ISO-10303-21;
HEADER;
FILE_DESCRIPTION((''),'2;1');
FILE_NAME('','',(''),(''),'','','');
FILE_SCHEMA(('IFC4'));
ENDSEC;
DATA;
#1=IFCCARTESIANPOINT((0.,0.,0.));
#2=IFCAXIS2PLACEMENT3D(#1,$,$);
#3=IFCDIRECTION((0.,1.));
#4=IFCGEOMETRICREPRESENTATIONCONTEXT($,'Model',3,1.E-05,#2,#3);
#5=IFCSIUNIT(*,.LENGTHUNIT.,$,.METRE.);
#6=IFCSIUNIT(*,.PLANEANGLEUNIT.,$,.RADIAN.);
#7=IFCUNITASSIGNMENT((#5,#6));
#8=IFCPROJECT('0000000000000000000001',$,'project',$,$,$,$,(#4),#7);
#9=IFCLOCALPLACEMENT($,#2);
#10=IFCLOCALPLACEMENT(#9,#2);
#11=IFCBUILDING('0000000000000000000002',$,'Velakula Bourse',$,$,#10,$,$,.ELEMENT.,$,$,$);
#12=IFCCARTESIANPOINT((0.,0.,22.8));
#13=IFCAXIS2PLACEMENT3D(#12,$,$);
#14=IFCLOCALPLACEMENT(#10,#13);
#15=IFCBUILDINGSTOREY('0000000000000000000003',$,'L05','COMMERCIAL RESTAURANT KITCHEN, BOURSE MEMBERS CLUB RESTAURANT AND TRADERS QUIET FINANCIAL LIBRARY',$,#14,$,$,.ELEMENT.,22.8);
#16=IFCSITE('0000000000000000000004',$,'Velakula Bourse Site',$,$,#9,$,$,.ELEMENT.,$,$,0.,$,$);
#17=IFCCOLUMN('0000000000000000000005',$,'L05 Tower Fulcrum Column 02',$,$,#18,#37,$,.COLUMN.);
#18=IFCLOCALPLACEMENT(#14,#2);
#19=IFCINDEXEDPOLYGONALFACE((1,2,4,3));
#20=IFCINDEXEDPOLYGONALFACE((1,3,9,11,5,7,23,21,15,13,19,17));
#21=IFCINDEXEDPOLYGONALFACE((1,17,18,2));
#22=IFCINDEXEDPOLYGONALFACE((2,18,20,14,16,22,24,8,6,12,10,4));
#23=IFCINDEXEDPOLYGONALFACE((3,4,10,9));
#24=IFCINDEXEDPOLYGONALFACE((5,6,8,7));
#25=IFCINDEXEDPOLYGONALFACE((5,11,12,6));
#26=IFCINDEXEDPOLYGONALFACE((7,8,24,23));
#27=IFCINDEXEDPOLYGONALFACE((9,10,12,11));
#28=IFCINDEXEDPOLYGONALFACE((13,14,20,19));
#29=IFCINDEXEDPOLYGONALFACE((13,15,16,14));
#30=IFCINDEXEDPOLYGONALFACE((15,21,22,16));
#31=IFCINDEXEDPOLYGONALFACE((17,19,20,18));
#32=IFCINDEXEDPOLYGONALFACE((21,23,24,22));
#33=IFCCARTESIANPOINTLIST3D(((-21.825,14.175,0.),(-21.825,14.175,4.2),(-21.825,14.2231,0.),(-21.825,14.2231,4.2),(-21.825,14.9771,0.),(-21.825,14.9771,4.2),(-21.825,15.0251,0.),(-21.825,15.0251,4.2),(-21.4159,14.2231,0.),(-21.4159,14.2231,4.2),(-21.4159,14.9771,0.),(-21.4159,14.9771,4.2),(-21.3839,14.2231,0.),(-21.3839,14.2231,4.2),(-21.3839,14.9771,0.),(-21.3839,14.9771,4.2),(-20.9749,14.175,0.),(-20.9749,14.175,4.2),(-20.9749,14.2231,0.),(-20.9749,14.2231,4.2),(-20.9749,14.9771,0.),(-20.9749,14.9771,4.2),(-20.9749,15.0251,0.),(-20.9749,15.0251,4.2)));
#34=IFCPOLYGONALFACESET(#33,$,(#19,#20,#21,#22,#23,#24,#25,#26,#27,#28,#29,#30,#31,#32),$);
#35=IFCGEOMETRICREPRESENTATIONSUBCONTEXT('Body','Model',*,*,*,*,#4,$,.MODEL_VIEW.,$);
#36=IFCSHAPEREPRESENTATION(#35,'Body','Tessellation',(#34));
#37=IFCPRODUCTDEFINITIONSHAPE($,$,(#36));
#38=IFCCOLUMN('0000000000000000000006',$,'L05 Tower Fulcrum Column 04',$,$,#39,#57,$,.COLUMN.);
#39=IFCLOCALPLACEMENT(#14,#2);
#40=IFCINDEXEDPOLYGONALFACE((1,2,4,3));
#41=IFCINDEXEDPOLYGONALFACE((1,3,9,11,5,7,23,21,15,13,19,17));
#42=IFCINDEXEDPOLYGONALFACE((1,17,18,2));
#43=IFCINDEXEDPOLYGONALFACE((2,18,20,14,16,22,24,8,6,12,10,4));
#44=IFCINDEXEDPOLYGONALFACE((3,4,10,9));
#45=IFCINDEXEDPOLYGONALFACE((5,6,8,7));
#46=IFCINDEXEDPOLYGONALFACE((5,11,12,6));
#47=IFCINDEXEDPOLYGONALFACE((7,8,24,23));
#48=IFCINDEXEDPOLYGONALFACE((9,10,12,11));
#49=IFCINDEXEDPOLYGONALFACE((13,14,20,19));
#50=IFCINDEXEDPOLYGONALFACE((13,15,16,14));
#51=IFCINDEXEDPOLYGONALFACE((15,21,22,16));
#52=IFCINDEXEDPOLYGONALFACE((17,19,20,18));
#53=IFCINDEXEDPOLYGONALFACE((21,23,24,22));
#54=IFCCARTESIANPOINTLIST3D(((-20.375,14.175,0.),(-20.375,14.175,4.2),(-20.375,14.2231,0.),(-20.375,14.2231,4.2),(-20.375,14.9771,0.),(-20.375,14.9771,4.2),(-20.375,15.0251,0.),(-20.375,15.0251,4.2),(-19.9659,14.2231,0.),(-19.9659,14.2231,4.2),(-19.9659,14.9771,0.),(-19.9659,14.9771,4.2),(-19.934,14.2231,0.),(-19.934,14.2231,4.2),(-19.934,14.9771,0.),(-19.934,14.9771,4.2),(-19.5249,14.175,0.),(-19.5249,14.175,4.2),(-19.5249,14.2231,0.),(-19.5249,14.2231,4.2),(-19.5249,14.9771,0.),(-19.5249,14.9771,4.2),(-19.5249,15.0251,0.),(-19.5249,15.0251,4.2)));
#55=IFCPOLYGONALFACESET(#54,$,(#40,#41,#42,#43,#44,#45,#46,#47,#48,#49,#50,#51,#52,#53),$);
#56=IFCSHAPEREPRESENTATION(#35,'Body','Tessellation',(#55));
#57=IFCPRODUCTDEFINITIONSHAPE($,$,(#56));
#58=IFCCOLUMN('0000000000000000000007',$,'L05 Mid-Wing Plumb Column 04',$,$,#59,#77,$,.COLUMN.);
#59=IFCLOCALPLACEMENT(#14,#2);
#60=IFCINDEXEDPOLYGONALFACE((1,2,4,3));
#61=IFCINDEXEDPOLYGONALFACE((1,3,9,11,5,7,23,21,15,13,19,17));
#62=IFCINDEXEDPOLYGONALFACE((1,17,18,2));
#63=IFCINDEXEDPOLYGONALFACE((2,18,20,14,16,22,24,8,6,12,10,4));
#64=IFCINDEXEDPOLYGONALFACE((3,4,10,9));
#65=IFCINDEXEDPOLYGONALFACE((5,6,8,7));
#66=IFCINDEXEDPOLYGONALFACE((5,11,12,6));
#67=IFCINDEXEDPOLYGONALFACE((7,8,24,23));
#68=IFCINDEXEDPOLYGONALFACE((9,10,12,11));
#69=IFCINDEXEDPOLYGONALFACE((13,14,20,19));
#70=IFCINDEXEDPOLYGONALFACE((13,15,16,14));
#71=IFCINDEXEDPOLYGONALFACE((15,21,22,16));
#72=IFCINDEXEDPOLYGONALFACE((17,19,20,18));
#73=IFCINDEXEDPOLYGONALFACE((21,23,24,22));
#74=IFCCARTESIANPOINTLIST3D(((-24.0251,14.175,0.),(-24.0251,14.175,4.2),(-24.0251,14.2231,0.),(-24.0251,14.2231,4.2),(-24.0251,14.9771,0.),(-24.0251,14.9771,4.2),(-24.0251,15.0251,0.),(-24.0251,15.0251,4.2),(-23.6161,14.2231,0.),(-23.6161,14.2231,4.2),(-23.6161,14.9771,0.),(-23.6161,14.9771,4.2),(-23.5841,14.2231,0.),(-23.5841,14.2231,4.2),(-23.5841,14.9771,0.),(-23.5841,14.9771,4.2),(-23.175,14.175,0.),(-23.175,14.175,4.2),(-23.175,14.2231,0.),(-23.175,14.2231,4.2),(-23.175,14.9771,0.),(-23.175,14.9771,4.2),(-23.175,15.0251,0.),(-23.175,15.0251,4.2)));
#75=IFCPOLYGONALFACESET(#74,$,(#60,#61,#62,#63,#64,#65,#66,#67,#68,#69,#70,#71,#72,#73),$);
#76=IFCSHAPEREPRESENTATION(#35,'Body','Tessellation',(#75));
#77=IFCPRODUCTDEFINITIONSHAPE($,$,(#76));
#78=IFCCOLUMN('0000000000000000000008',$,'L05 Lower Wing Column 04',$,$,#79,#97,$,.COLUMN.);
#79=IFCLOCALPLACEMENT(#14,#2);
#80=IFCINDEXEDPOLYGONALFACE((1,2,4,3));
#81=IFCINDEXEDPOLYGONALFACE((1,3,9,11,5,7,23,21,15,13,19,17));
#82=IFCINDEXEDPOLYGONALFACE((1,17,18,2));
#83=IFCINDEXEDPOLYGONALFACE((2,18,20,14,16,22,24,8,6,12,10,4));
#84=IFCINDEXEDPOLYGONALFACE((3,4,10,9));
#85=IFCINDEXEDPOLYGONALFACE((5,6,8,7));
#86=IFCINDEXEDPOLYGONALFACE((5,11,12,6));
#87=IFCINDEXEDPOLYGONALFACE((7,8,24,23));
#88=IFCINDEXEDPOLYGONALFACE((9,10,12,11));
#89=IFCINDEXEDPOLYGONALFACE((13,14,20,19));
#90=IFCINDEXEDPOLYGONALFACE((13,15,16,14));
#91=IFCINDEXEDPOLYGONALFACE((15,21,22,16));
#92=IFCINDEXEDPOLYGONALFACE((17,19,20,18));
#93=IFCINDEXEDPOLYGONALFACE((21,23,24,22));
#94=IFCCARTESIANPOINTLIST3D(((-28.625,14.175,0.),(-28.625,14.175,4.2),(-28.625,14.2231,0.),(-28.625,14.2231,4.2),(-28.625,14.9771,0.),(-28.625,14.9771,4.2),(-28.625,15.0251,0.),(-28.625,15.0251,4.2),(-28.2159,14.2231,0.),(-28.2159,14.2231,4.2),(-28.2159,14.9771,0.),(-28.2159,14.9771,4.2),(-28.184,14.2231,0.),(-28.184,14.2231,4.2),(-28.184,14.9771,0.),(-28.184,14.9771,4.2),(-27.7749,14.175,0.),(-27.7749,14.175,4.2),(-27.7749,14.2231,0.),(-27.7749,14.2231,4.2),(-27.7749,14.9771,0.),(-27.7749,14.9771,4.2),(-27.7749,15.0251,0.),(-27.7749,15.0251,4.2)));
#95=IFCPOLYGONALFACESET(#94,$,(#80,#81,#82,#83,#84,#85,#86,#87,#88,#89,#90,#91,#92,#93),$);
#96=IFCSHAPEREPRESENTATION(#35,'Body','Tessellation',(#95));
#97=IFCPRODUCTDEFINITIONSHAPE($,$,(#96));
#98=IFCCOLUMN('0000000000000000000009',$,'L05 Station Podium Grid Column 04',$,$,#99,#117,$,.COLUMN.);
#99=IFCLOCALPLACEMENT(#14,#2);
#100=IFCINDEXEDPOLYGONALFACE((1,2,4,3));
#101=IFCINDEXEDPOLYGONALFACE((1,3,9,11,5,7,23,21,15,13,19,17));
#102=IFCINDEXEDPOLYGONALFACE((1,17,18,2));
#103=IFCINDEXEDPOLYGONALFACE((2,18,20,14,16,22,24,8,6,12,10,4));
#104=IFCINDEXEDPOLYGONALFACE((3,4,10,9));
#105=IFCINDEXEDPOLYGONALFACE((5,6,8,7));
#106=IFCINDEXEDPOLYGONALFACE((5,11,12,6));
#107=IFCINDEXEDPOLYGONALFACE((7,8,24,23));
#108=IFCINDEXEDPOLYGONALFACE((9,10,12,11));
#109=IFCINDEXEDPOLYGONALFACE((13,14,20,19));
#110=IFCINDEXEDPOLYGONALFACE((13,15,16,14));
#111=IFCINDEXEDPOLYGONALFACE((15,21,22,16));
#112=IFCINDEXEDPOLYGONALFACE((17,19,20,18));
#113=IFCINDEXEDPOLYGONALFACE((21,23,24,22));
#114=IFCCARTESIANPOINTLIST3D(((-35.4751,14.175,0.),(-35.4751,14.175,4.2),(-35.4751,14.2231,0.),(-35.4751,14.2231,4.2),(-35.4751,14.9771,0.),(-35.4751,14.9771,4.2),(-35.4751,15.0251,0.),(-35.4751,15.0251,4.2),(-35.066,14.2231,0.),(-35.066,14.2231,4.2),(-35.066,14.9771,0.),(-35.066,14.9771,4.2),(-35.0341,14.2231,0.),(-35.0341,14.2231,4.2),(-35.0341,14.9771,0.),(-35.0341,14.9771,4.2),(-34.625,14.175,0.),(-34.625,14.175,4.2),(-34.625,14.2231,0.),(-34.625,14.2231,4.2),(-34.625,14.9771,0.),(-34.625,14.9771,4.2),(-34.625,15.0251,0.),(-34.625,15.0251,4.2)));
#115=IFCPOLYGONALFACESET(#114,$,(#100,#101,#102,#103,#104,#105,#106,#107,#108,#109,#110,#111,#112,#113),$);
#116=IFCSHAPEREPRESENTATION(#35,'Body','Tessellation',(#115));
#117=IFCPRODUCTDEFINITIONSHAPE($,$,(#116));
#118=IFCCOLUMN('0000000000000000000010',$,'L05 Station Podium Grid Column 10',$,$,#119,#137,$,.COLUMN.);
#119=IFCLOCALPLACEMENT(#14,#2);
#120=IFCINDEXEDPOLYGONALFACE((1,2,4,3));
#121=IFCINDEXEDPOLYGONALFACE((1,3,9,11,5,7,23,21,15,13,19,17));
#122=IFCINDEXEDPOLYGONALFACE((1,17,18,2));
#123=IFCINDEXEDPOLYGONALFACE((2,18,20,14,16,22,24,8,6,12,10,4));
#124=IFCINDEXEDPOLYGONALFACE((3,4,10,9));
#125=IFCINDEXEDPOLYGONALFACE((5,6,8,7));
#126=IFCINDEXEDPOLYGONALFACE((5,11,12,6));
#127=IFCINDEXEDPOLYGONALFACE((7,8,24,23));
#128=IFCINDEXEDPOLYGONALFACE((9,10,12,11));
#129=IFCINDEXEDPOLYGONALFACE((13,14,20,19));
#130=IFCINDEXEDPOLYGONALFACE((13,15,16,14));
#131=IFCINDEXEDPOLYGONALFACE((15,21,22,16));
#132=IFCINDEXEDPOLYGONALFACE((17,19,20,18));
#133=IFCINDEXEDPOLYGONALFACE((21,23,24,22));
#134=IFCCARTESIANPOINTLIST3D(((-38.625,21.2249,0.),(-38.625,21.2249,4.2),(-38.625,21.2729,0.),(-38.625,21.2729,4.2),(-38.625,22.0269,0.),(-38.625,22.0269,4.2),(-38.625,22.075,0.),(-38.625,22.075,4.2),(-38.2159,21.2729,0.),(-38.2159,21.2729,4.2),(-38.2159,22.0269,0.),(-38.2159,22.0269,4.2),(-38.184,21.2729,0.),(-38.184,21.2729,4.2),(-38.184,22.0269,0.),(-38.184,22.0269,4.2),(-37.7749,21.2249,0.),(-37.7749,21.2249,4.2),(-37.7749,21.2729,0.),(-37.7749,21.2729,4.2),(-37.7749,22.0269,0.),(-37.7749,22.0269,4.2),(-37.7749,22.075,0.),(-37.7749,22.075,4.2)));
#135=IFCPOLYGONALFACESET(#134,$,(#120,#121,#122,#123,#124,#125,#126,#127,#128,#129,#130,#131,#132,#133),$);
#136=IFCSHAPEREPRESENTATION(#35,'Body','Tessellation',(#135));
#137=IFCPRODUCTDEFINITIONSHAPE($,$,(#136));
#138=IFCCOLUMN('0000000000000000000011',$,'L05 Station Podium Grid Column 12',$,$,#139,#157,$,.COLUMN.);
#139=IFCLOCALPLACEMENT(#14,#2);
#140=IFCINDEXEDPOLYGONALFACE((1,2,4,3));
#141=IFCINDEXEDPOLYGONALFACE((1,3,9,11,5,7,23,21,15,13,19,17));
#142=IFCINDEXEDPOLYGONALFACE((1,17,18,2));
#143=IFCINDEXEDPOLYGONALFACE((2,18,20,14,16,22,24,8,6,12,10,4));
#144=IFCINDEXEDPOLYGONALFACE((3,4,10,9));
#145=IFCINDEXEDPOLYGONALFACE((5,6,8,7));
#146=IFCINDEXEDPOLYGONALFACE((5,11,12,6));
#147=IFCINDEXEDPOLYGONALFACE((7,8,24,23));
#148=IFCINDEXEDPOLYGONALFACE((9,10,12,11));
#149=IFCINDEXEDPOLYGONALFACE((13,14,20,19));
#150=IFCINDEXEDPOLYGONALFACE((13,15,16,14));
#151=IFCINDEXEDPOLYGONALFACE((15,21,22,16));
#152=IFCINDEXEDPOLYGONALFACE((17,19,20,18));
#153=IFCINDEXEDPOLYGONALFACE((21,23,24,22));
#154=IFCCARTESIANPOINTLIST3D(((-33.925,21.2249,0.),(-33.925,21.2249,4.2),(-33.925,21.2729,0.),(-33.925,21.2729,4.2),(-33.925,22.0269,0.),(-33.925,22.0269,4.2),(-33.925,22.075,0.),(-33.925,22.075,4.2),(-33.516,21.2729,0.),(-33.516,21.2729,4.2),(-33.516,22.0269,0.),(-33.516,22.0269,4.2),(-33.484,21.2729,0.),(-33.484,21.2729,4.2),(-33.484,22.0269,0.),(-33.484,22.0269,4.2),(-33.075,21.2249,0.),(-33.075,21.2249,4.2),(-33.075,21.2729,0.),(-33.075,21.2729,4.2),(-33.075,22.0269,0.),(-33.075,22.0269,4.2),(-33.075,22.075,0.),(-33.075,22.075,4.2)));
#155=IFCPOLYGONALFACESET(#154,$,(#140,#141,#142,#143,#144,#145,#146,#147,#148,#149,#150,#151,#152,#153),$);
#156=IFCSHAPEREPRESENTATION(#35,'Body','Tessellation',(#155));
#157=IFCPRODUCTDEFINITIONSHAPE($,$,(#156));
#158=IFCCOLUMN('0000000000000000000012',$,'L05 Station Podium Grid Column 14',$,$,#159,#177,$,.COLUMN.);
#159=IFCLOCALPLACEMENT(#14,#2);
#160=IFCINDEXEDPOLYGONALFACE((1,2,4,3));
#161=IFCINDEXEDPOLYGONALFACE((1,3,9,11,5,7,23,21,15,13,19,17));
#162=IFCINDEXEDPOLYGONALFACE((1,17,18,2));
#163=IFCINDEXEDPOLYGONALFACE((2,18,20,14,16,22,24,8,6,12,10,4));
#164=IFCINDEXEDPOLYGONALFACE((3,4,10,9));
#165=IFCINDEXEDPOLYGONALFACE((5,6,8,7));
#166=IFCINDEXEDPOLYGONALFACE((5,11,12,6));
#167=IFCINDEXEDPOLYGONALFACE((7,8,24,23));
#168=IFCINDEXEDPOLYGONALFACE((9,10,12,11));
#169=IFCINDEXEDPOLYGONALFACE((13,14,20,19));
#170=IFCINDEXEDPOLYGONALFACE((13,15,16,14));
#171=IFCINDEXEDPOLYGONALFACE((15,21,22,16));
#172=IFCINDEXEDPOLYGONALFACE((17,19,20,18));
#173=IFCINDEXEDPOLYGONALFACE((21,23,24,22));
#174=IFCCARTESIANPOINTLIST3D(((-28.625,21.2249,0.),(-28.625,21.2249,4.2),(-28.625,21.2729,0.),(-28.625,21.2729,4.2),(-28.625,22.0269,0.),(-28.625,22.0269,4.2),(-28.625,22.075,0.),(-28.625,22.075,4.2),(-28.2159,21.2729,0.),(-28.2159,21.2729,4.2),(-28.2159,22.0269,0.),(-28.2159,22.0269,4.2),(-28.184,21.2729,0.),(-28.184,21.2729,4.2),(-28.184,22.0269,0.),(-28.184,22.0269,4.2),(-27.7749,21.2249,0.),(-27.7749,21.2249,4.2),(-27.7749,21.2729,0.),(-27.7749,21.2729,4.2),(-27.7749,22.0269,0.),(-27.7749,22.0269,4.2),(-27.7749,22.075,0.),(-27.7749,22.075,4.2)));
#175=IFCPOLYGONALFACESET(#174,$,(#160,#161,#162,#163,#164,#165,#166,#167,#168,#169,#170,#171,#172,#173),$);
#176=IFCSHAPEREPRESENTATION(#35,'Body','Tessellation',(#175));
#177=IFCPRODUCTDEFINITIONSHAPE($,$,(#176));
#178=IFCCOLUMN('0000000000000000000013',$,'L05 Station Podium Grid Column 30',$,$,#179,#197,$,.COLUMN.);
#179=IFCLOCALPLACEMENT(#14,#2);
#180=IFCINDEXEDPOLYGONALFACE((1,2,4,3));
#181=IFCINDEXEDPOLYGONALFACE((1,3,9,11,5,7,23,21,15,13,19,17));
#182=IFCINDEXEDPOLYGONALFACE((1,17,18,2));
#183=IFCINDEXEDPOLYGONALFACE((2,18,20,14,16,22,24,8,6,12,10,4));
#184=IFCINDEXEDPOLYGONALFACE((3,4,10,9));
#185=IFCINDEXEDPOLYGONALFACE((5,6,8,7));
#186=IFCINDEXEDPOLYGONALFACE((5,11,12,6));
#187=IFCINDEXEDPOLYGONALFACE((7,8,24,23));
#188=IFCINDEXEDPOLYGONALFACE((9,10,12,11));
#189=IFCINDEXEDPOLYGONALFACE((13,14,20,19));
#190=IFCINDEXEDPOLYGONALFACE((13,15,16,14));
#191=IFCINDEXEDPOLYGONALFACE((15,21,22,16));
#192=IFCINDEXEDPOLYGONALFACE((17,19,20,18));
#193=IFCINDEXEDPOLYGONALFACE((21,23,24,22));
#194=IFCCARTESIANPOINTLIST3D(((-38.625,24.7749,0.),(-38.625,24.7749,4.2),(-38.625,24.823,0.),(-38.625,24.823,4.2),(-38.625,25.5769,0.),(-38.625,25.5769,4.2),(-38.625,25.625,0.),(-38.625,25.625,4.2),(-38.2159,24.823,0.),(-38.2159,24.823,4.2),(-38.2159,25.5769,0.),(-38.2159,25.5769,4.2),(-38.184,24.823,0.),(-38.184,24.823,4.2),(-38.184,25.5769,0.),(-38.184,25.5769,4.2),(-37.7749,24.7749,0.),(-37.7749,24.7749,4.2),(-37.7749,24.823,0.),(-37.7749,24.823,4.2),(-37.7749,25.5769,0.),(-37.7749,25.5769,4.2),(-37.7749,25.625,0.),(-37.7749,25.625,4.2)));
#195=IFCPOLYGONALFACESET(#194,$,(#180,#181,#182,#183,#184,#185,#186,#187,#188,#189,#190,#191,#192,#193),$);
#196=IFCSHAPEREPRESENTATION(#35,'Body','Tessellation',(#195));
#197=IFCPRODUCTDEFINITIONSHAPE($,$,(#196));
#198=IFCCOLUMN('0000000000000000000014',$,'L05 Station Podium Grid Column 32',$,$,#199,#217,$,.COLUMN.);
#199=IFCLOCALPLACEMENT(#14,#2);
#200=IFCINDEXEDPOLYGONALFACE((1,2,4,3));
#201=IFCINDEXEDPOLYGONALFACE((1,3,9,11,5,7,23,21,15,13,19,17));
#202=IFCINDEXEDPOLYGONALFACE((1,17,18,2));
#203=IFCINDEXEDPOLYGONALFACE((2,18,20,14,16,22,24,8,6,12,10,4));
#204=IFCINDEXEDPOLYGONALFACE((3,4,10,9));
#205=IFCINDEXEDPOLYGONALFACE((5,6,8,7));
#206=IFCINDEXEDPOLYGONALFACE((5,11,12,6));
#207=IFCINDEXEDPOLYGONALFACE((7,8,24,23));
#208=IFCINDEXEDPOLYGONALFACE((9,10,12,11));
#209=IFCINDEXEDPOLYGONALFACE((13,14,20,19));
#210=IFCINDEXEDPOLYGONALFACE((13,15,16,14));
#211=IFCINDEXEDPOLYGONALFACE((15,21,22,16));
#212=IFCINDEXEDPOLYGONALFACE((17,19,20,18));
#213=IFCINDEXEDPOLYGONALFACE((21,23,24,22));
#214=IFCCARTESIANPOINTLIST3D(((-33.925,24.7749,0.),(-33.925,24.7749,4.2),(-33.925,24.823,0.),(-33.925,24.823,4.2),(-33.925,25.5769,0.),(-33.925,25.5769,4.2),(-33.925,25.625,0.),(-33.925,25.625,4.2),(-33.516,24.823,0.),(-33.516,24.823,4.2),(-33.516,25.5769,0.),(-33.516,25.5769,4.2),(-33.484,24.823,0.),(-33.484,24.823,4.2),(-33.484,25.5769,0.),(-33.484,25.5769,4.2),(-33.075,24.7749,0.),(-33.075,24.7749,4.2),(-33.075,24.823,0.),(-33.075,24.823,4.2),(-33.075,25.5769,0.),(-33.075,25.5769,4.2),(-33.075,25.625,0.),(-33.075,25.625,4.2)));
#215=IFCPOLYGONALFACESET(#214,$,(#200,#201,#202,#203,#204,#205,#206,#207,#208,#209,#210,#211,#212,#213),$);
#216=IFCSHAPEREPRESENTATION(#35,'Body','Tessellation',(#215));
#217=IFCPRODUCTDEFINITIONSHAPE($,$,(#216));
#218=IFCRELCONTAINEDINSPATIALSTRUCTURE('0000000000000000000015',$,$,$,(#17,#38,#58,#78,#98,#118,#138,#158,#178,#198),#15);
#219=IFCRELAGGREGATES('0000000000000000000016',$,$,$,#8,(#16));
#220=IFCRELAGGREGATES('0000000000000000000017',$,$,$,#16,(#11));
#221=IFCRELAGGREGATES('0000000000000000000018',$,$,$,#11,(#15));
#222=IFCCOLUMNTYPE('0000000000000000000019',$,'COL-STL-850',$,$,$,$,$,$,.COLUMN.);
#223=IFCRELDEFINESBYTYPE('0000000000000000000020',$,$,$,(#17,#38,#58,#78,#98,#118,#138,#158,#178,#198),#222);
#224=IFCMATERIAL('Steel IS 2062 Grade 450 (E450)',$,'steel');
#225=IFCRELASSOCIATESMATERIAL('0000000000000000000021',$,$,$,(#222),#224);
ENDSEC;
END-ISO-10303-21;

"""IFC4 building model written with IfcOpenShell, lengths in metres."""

from ifc_helpers import new_model, si_unit, direction, frame, origin, origin_2d, place, context, subcontext, project, spatial, i_section, extrude, material, material_profile, profile_set, type_object, element, save


model = new_model("IFC4")

# Units and contexts
model_context = context("Model", 3, precision=1e-05, world=origin(), true_north=direction((0.0, 1.0)))
body_context = subcontext(model_context, "Body", "Model", "MODEL_VIEW")
ifc_project = project(units=[si_unit("LENGTHUNIT", "METRE"), si_unit("PLANEANGLEUNIT", "RADIAN")], contexts=[model_context])

# Site, building, storey
site_placement = place(None, origin())
site = spatial("IfcSite", under=ifc_project, at=site_placement, Name="Velakula Bourse Site", CompositionType="ELEMENT", RefElevation=0.0)
building_placement = place(site_placement, origin())
building = spatial("IfcBuilding", under=site, at=building_placement, Name="Velakula Bourse", CompositionType="ELEMENT")
storey_placement = place(building_placement, frame((0.0, 0.0, 22.8)))
storey = spatial("IfcBuildingStorey", under=building, at=storey_placement, Name="L05", Description="COMMERCIAL RESTAURANT KITCHEN, BOURSE MEMBERS CLUB RESTAURANT AND TRADERS QUIET FINANCIAL LIBRARY", CompositionType="ELEMENT", Elevation=22.8)

# Columns
ifc_material_1 = material(Name="Steel IS 2062 Grade 450 (E450)", Category="steel")
ifc_material_profile_1 = material_profile(ifc_material_1, i_section(OverallWidth=0.8501, OverallDepth=0.8501, WebThickness=0.032, FlangeThickness=0.0481, at=origin_2d()), Name="Steel IS 2062 Grade 450 (E450)")
ifc_profile_set_1 = profile_set([ifc_material_profile_1], Name="Steel IS 2062 Grade 450 (E450)")
column_type = type_object("IfcColumnType", Name="COL-STL-850", PredefinedType="COLUMN", material=ifc_profile_set_1)
for number, where, z_axis, x_axis, name in (
    (1, (-21.3999, 14.6001, 0.0), (0.0, 0.0, 1.0), (1.0, 0.0, 0.0), "L05 Tower Fulcrum Column 02"),
    (2, (-19.95, 14.6001, 0.0), (0.0, 0.0, 1.0), (1.0, 0.0, 0.0), "L05 Tower Fulcrum Column 04"),
    (3, (-23.6001, 14.6001, 0.0), (0.0, 0.0, 1.0), (1.0, 0.0, 0.0), "L05 Mid-Wing Plumb Column 04"),
    (4, (-28.2, 14.6001, 0.0), (0.0, 0.0, 1.0), (1.0, 0.0, 0.0), "L05 Lower Wing Column 04"),
    (5, (-35.05, 14.6001, 0.0), (0.0, 0.0, 1.0), (1.0, 0.0, 0.0), "L05 Station Podium Grid Column 04"),
    (6, (-38.2, 21.6499, 0.0), (0.0, 0.0, 1.0), (1.0, 0.0, 0.0), "L05 Station Podium Grid Column 10"),
    (7, (-33.5, 21.6499, 0.0), (0.0, 0.0, 1.0), (1.0, 0.0, 0.0), "L05 Station Podium Grid Column 12"),
    (8, (-28.2, 21.6499, 0.0), (0.0, 0.0, 1.0), (1.0, 0.0, 0.0), "L05 Station Podium Grid Column 14"),
    (9, (-38.2, 25.2, 0.0), (0.0, 0.0, 1.0), (1.0, 0.0, 0.0), "L05 Station Podium Grid Column 30"),
    (10, (-33.5, 25.2, 0.0), (0.0, 0.0, 1.0), (1.0, 0.0, 0.0), "L05 Station Podium Grid Column 32"),
):
    element("IfcColumn", number, at=place(storey_placement, frame(where, z_axis=z_axis, x_axis=x_axis)), inside=storey, type_object=column_type, Name=name, PredefinedType="COLUMN", context=body_context, shape_type="SweptSolid", body=[
        extrude(i_section(OverallWidth=0.8501, OverallDepth=0.8501, WebThickness=0.032, FlangeThickness=0.0481, at=origin_2d()), origin(), (0.0, 0.0, 1.0), 4.2),
    ])

save(model, "model.ifc")
